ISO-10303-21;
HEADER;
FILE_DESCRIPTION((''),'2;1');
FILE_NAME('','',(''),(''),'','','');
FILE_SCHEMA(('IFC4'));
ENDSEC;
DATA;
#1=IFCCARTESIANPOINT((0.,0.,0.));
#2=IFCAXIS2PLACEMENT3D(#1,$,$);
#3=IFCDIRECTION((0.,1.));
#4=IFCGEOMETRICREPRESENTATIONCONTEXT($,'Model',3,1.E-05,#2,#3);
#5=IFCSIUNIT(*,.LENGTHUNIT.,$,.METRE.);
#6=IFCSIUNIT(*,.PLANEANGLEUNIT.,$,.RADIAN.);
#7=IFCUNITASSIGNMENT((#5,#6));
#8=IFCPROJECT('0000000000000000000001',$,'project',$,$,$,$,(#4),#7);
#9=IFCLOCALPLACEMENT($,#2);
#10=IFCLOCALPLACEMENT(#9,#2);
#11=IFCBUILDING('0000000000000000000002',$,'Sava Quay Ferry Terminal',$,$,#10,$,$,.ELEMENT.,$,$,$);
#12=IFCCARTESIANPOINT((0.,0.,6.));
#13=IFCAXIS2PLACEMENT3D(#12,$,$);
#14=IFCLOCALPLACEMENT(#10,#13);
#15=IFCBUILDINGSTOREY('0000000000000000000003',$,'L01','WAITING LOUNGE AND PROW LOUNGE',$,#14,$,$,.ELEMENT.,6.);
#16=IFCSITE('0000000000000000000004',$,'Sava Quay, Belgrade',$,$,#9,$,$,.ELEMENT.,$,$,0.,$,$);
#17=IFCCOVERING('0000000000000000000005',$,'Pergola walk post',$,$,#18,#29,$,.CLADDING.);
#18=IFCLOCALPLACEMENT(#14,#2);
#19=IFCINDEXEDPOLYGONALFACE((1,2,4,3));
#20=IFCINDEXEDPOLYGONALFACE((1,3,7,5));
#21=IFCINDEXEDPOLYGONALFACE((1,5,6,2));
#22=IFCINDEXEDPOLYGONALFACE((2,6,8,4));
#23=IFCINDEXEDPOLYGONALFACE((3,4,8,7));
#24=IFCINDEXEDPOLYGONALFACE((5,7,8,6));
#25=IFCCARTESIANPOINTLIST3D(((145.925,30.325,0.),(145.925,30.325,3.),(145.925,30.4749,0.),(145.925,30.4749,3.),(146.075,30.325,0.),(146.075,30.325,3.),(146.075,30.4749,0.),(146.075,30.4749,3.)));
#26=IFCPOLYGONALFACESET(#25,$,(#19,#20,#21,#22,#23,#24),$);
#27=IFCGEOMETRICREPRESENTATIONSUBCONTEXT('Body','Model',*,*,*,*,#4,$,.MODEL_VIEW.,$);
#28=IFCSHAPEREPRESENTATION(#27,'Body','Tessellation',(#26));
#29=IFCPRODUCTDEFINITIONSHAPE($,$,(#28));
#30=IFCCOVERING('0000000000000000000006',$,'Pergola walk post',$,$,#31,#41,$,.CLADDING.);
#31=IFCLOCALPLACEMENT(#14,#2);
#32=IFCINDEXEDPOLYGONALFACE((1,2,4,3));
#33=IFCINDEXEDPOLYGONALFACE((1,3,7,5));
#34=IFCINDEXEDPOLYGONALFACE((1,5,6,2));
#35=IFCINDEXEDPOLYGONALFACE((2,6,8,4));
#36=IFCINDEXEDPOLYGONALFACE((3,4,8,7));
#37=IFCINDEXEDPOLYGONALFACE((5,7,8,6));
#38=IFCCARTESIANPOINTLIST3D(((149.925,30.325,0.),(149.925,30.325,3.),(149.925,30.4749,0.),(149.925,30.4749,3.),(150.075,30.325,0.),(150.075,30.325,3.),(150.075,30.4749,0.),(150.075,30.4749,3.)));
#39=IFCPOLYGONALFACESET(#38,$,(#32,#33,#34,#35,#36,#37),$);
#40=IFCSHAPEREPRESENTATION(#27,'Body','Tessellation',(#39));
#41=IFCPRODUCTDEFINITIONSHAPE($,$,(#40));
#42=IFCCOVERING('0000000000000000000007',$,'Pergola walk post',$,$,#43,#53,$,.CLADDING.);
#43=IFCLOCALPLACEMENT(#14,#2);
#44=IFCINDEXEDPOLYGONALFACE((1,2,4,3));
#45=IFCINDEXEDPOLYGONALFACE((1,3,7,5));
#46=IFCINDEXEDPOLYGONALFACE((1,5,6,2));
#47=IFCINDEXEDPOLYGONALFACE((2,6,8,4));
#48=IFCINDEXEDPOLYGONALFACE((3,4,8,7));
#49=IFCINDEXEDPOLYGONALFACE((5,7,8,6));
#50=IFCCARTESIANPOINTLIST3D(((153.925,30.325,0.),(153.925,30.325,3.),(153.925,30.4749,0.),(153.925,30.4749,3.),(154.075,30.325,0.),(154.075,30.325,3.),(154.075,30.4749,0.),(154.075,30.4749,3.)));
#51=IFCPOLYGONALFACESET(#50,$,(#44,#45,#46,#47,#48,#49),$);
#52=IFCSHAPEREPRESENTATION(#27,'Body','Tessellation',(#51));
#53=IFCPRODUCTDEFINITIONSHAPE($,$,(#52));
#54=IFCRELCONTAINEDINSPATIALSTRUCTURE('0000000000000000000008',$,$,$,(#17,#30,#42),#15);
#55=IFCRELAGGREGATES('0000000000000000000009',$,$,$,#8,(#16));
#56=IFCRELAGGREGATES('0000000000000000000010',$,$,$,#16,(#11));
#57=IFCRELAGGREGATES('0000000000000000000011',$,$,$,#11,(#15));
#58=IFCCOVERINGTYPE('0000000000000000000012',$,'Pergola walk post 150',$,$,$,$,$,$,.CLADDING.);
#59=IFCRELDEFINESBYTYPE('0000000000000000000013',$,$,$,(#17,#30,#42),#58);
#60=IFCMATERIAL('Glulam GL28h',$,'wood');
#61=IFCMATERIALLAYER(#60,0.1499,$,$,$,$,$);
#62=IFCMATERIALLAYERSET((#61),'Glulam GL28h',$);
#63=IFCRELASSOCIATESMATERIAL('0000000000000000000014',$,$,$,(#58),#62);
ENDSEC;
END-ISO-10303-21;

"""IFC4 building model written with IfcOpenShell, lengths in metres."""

from ifc_helpers import new_model, si_unit, direction, frame, origin, origin_2d, place, context, subcontext, project, spatial, rectangle, extrude, material, layer, layer_set, type_object, element, save


model = new_model("IFC4")

# Units and contexts
model_context = context("Model", 3, precision=1e-05, world=origin(), true_north=direction((0.0, 1.0)))
body_context = subcontext(model_context, "Body", "Model", "MODEL_VIEW")
ifc_project = project(units=[si_unit("LENGTHUNIT", "METRE"), si_unit("PLANEANGLEUNIT", "RADIAN")], contexts=[model_context])

# Site, building, storey
site_placement = place(None, origin())
site = spatial("IfcSite", under=ifc_project, at=site_placement, Name="Sava Quay, Belgrade", CompositionType="ELEMENT", RefElevation=0.0)
building_placement = place(site_placement, origin())
building = spatial("IfcBuilding", under=site, at=building_placement, Name="Sava Quay Ferry Terminal", CompositionType="ELEMENT")
storey_placement = place(building_placement, frame((0.0, 0.0, 6.0)))
storey = spatial("IfcBuildingStorey", under=building, at=storey_placement, Name="L01", Description="WAITING LOUNGE AND PROW LOUNGE", CompositionType="ELEMENT", Elevation=6.0)

# Coverings
ifc_material_1 = material(Name="Glulam GL28h", Category="wood")
ifc_layer_1 = layer(ifc_material_1, 0.1499)
ifc_layer_set_1 = layer_set([ifc_layer_1], Name="Glulam GL28h")
covering_type_1 = type_object("IfcCoveringType", Name="Pergola walk post 150", PredefinedType="CLADDING", material=ifc_layer_set_1)
for number, where, z_axis, x_axis, name in (
    (1, (146.0, 30.3999, 0.0), (0.0, 0.0, 1.0), (1.0, 0.0, 0.0), "Pergola walk post"),
    (2, (150.0, 30.3999, 0.0), (0.0, 0.0, 1.0), (1.0, 0.0, 0.0), "Pergola walk post"),
    (3, (154.0, 30.3999, 0.0), (0.0, 0.0, 1.0), (1.0, 0.0, 0.0), "Pergola walk post"),
):
    element("IfcCovering", number, at=place(storey_placement, frame(where, z_axis=z_axis, x_axis=x_axis)), inside=storey, type_object=covering_type_1, Name=name, PredefinedType="CLADDING", context=body_context, shape_type="SweptSolid", body=[
        extrude(rectangle(XDim=0.1499, YDim=0.1499, at=origin_2d()), origin(), (0.0, 0.0, 1.0), 3.0),
    ])

save(model, "model.ifc")
